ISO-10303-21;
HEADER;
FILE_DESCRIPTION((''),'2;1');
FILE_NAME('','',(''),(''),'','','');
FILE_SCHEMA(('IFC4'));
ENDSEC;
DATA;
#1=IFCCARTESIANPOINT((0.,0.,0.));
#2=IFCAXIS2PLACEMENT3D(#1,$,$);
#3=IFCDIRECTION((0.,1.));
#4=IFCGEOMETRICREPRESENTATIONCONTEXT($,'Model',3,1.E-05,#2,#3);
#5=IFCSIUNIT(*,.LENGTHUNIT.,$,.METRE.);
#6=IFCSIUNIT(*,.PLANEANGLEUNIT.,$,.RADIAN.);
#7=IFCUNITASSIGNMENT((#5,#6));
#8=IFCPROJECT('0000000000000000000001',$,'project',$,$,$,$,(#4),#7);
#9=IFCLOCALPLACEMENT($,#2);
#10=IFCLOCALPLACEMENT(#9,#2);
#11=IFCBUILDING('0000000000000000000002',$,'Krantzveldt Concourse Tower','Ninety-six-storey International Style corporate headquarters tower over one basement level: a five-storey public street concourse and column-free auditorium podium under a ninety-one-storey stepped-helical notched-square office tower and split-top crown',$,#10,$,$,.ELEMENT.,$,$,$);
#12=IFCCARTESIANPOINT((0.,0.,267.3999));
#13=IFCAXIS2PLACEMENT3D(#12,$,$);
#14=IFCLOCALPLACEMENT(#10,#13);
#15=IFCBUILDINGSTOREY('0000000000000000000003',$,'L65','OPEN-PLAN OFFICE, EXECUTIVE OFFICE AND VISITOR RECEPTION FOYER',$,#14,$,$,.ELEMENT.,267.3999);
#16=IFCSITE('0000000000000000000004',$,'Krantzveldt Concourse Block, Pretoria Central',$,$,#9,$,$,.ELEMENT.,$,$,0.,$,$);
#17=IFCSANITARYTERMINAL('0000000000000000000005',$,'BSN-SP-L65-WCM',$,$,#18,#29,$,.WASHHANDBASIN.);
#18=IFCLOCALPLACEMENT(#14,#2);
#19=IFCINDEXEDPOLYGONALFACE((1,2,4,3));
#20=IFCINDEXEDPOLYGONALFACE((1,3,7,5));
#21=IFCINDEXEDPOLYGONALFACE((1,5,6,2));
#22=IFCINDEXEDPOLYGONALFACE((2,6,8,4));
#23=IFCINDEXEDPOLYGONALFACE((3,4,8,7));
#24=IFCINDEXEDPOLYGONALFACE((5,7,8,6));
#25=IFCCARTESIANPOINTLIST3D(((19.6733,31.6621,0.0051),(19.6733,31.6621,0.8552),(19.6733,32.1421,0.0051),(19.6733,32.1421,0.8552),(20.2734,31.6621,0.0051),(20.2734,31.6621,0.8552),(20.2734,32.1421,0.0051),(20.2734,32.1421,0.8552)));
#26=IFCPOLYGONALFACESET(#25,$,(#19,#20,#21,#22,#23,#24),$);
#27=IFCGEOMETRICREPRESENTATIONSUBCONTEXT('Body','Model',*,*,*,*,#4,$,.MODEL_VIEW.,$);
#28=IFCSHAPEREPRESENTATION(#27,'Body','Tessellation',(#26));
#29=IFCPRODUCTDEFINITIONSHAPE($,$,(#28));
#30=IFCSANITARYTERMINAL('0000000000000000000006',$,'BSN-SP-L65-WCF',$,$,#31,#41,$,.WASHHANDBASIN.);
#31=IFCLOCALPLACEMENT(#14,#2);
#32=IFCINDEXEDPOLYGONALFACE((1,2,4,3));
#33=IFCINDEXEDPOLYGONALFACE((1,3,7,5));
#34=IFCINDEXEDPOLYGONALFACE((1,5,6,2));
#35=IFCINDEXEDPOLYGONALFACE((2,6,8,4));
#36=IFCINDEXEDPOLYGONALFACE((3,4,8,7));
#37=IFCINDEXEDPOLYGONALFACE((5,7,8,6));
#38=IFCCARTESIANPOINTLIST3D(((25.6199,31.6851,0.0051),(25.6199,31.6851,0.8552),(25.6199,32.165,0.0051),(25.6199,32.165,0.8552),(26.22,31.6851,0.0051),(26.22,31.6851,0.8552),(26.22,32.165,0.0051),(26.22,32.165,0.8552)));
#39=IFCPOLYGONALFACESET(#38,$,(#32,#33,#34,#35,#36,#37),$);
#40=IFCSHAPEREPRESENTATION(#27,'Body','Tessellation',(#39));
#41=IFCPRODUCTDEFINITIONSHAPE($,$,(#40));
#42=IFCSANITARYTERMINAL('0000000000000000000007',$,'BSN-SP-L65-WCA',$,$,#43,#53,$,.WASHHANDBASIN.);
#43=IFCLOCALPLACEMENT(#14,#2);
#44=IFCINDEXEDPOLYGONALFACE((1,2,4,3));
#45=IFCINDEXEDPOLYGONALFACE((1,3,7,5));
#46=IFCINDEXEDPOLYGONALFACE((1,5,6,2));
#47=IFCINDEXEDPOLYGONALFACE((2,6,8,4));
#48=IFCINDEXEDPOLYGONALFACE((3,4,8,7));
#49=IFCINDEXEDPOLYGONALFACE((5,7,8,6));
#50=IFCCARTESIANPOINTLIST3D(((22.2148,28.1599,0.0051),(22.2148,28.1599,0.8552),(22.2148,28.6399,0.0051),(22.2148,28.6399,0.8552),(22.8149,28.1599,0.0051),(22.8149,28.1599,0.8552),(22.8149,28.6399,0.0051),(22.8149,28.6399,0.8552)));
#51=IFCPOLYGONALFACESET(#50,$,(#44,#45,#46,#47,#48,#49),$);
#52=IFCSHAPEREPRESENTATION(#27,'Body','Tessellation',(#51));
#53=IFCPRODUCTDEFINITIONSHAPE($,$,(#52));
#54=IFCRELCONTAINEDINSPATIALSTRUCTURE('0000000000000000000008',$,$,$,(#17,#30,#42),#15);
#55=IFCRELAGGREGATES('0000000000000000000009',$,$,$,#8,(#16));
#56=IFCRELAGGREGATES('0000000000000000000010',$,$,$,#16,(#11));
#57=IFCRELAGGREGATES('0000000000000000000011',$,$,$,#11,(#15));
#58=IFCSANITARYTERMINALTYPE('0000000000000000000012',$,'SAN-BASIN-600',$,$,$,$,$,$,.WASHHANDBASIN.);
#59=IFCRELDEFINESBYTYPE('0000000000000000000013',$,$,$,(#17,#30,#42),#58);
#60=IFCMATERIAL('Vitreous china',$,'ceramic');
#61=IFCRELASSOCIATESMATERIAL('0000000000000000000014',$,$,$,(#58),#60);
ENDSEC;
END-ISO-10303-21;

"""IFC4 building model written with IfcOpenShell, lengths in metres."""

from ifc_helpers import new_model, si_unit, direction, frame, origin, origin_2d, place, context, subcontext, project, spatial, rectangle, extrude, source, transform, mapped, material, type_object, type_shapes, element, save


model = new_model("IFC4")

# Units and contexts
model_context = context("Model", 3, precision=1e-05, world=origin(), true_north=direction((0.0, 1.0)))
body_context = subcontext(model_context, "Body", "Model", "MODEL_VIEW")
ifc_project = project(units=[si_unit("LENGTHUNIT", "METRE"), si_unit("PLANEANGLEUNIT", "RADIAN")], contexts=[model_context])

# Site, building, storey
site_placement = place(None, origin())
site = spatial("IfcSite", under=ifc_project, at=site_placement, Name="Krantzveldt Concourse Block, Pretoria Central", CompositionType="ELEMENT", RefElevation=0.0)
building_placement = place(site_placement, origin())
building = spatial("IfcBuilding", under=site, at=building_placement, Name="Krantzveldt Concourse Tower", Description="Ninety-six-storey International Style corporate headquarters tower over one basement level: a five-storey public street concourse and column-free auditorium podium under a ninety-one-storey stepped-helical notched-square office tower and split-top crown", CompositionType="ELEMENT")
storey_placement = place(building_placement, frame((0.0, 0.0, 267.3999)))
storey = spatial("IfcBuildingStorey", under=building, at=storey_placement, Name="L65", Description="OPEN-PLAN OFFICE, EXECUTIVE OFFICE AND VISITOR RECEPTION FOYER", CompositionType="ELEMENT", Elevation=267.3999)

# Sanitary terminals
ifc_material_1 = material(Name="Vitreous china", Category="ceramic")
sanitary_terminal_type_1 = type_object("IfcSanitaryTerminalType", Name="SAN-BASIN-600", PredefinedType="WASHHANDBASIN", material=ifc_material_1)
shared_shape_1 = source(origin(), body_context, "Body", "SweptSolid", [
    extrude(rectangle(XDim=0.6001, YDim=0.48, at=origin_2d()), origin(), (0.0, 0.0, 1.0), 0.8501),
])
type_shapes(sanitary_terminal_type_1, [shared_shape_1])
for number, where, z_axis, x_axis, name in (
    (1, (19.9734, 31.9021, 0.0051), (0.0, 0.0, 1.0), (1.0, 0.0, 0.0), "BSN-SP-L65-WCM"),
    (2, (25.9199, 31.925, 0.0051), (0.0, 0.0, 1.0), (1.0, 0.0, 0.0), "BSN-SP-L65-WCF"),
    (3, (22.5149, 28.3999, 0.0051), (0.0, 0.0, 1.0), (1.0, 0.0, 0.0), "BSN-SP-L65-WCA"),
):
    element("IfcSanitaryTerminal", number, at=place(storey_placement, frame(where, z_axis=z_axis, x_axis=x_axis)), inside=storey, type_object=sanitary_terminal_type_1, Name=name, PredefinedType="WASHHANDBASIN", context=body_context, shape_type="MappedRepresentation", body=[
        mapped(shared_shape_1, transform((0.0, 0.0, 0.0), x_axis=(1.0, 0.0, 0.0), y_axis=(0.0, 1.0, 0.0), z_axis=(0.0, 0.0, 1.0), scale=1.0)),
    ])

save(model, "model.ifc")
